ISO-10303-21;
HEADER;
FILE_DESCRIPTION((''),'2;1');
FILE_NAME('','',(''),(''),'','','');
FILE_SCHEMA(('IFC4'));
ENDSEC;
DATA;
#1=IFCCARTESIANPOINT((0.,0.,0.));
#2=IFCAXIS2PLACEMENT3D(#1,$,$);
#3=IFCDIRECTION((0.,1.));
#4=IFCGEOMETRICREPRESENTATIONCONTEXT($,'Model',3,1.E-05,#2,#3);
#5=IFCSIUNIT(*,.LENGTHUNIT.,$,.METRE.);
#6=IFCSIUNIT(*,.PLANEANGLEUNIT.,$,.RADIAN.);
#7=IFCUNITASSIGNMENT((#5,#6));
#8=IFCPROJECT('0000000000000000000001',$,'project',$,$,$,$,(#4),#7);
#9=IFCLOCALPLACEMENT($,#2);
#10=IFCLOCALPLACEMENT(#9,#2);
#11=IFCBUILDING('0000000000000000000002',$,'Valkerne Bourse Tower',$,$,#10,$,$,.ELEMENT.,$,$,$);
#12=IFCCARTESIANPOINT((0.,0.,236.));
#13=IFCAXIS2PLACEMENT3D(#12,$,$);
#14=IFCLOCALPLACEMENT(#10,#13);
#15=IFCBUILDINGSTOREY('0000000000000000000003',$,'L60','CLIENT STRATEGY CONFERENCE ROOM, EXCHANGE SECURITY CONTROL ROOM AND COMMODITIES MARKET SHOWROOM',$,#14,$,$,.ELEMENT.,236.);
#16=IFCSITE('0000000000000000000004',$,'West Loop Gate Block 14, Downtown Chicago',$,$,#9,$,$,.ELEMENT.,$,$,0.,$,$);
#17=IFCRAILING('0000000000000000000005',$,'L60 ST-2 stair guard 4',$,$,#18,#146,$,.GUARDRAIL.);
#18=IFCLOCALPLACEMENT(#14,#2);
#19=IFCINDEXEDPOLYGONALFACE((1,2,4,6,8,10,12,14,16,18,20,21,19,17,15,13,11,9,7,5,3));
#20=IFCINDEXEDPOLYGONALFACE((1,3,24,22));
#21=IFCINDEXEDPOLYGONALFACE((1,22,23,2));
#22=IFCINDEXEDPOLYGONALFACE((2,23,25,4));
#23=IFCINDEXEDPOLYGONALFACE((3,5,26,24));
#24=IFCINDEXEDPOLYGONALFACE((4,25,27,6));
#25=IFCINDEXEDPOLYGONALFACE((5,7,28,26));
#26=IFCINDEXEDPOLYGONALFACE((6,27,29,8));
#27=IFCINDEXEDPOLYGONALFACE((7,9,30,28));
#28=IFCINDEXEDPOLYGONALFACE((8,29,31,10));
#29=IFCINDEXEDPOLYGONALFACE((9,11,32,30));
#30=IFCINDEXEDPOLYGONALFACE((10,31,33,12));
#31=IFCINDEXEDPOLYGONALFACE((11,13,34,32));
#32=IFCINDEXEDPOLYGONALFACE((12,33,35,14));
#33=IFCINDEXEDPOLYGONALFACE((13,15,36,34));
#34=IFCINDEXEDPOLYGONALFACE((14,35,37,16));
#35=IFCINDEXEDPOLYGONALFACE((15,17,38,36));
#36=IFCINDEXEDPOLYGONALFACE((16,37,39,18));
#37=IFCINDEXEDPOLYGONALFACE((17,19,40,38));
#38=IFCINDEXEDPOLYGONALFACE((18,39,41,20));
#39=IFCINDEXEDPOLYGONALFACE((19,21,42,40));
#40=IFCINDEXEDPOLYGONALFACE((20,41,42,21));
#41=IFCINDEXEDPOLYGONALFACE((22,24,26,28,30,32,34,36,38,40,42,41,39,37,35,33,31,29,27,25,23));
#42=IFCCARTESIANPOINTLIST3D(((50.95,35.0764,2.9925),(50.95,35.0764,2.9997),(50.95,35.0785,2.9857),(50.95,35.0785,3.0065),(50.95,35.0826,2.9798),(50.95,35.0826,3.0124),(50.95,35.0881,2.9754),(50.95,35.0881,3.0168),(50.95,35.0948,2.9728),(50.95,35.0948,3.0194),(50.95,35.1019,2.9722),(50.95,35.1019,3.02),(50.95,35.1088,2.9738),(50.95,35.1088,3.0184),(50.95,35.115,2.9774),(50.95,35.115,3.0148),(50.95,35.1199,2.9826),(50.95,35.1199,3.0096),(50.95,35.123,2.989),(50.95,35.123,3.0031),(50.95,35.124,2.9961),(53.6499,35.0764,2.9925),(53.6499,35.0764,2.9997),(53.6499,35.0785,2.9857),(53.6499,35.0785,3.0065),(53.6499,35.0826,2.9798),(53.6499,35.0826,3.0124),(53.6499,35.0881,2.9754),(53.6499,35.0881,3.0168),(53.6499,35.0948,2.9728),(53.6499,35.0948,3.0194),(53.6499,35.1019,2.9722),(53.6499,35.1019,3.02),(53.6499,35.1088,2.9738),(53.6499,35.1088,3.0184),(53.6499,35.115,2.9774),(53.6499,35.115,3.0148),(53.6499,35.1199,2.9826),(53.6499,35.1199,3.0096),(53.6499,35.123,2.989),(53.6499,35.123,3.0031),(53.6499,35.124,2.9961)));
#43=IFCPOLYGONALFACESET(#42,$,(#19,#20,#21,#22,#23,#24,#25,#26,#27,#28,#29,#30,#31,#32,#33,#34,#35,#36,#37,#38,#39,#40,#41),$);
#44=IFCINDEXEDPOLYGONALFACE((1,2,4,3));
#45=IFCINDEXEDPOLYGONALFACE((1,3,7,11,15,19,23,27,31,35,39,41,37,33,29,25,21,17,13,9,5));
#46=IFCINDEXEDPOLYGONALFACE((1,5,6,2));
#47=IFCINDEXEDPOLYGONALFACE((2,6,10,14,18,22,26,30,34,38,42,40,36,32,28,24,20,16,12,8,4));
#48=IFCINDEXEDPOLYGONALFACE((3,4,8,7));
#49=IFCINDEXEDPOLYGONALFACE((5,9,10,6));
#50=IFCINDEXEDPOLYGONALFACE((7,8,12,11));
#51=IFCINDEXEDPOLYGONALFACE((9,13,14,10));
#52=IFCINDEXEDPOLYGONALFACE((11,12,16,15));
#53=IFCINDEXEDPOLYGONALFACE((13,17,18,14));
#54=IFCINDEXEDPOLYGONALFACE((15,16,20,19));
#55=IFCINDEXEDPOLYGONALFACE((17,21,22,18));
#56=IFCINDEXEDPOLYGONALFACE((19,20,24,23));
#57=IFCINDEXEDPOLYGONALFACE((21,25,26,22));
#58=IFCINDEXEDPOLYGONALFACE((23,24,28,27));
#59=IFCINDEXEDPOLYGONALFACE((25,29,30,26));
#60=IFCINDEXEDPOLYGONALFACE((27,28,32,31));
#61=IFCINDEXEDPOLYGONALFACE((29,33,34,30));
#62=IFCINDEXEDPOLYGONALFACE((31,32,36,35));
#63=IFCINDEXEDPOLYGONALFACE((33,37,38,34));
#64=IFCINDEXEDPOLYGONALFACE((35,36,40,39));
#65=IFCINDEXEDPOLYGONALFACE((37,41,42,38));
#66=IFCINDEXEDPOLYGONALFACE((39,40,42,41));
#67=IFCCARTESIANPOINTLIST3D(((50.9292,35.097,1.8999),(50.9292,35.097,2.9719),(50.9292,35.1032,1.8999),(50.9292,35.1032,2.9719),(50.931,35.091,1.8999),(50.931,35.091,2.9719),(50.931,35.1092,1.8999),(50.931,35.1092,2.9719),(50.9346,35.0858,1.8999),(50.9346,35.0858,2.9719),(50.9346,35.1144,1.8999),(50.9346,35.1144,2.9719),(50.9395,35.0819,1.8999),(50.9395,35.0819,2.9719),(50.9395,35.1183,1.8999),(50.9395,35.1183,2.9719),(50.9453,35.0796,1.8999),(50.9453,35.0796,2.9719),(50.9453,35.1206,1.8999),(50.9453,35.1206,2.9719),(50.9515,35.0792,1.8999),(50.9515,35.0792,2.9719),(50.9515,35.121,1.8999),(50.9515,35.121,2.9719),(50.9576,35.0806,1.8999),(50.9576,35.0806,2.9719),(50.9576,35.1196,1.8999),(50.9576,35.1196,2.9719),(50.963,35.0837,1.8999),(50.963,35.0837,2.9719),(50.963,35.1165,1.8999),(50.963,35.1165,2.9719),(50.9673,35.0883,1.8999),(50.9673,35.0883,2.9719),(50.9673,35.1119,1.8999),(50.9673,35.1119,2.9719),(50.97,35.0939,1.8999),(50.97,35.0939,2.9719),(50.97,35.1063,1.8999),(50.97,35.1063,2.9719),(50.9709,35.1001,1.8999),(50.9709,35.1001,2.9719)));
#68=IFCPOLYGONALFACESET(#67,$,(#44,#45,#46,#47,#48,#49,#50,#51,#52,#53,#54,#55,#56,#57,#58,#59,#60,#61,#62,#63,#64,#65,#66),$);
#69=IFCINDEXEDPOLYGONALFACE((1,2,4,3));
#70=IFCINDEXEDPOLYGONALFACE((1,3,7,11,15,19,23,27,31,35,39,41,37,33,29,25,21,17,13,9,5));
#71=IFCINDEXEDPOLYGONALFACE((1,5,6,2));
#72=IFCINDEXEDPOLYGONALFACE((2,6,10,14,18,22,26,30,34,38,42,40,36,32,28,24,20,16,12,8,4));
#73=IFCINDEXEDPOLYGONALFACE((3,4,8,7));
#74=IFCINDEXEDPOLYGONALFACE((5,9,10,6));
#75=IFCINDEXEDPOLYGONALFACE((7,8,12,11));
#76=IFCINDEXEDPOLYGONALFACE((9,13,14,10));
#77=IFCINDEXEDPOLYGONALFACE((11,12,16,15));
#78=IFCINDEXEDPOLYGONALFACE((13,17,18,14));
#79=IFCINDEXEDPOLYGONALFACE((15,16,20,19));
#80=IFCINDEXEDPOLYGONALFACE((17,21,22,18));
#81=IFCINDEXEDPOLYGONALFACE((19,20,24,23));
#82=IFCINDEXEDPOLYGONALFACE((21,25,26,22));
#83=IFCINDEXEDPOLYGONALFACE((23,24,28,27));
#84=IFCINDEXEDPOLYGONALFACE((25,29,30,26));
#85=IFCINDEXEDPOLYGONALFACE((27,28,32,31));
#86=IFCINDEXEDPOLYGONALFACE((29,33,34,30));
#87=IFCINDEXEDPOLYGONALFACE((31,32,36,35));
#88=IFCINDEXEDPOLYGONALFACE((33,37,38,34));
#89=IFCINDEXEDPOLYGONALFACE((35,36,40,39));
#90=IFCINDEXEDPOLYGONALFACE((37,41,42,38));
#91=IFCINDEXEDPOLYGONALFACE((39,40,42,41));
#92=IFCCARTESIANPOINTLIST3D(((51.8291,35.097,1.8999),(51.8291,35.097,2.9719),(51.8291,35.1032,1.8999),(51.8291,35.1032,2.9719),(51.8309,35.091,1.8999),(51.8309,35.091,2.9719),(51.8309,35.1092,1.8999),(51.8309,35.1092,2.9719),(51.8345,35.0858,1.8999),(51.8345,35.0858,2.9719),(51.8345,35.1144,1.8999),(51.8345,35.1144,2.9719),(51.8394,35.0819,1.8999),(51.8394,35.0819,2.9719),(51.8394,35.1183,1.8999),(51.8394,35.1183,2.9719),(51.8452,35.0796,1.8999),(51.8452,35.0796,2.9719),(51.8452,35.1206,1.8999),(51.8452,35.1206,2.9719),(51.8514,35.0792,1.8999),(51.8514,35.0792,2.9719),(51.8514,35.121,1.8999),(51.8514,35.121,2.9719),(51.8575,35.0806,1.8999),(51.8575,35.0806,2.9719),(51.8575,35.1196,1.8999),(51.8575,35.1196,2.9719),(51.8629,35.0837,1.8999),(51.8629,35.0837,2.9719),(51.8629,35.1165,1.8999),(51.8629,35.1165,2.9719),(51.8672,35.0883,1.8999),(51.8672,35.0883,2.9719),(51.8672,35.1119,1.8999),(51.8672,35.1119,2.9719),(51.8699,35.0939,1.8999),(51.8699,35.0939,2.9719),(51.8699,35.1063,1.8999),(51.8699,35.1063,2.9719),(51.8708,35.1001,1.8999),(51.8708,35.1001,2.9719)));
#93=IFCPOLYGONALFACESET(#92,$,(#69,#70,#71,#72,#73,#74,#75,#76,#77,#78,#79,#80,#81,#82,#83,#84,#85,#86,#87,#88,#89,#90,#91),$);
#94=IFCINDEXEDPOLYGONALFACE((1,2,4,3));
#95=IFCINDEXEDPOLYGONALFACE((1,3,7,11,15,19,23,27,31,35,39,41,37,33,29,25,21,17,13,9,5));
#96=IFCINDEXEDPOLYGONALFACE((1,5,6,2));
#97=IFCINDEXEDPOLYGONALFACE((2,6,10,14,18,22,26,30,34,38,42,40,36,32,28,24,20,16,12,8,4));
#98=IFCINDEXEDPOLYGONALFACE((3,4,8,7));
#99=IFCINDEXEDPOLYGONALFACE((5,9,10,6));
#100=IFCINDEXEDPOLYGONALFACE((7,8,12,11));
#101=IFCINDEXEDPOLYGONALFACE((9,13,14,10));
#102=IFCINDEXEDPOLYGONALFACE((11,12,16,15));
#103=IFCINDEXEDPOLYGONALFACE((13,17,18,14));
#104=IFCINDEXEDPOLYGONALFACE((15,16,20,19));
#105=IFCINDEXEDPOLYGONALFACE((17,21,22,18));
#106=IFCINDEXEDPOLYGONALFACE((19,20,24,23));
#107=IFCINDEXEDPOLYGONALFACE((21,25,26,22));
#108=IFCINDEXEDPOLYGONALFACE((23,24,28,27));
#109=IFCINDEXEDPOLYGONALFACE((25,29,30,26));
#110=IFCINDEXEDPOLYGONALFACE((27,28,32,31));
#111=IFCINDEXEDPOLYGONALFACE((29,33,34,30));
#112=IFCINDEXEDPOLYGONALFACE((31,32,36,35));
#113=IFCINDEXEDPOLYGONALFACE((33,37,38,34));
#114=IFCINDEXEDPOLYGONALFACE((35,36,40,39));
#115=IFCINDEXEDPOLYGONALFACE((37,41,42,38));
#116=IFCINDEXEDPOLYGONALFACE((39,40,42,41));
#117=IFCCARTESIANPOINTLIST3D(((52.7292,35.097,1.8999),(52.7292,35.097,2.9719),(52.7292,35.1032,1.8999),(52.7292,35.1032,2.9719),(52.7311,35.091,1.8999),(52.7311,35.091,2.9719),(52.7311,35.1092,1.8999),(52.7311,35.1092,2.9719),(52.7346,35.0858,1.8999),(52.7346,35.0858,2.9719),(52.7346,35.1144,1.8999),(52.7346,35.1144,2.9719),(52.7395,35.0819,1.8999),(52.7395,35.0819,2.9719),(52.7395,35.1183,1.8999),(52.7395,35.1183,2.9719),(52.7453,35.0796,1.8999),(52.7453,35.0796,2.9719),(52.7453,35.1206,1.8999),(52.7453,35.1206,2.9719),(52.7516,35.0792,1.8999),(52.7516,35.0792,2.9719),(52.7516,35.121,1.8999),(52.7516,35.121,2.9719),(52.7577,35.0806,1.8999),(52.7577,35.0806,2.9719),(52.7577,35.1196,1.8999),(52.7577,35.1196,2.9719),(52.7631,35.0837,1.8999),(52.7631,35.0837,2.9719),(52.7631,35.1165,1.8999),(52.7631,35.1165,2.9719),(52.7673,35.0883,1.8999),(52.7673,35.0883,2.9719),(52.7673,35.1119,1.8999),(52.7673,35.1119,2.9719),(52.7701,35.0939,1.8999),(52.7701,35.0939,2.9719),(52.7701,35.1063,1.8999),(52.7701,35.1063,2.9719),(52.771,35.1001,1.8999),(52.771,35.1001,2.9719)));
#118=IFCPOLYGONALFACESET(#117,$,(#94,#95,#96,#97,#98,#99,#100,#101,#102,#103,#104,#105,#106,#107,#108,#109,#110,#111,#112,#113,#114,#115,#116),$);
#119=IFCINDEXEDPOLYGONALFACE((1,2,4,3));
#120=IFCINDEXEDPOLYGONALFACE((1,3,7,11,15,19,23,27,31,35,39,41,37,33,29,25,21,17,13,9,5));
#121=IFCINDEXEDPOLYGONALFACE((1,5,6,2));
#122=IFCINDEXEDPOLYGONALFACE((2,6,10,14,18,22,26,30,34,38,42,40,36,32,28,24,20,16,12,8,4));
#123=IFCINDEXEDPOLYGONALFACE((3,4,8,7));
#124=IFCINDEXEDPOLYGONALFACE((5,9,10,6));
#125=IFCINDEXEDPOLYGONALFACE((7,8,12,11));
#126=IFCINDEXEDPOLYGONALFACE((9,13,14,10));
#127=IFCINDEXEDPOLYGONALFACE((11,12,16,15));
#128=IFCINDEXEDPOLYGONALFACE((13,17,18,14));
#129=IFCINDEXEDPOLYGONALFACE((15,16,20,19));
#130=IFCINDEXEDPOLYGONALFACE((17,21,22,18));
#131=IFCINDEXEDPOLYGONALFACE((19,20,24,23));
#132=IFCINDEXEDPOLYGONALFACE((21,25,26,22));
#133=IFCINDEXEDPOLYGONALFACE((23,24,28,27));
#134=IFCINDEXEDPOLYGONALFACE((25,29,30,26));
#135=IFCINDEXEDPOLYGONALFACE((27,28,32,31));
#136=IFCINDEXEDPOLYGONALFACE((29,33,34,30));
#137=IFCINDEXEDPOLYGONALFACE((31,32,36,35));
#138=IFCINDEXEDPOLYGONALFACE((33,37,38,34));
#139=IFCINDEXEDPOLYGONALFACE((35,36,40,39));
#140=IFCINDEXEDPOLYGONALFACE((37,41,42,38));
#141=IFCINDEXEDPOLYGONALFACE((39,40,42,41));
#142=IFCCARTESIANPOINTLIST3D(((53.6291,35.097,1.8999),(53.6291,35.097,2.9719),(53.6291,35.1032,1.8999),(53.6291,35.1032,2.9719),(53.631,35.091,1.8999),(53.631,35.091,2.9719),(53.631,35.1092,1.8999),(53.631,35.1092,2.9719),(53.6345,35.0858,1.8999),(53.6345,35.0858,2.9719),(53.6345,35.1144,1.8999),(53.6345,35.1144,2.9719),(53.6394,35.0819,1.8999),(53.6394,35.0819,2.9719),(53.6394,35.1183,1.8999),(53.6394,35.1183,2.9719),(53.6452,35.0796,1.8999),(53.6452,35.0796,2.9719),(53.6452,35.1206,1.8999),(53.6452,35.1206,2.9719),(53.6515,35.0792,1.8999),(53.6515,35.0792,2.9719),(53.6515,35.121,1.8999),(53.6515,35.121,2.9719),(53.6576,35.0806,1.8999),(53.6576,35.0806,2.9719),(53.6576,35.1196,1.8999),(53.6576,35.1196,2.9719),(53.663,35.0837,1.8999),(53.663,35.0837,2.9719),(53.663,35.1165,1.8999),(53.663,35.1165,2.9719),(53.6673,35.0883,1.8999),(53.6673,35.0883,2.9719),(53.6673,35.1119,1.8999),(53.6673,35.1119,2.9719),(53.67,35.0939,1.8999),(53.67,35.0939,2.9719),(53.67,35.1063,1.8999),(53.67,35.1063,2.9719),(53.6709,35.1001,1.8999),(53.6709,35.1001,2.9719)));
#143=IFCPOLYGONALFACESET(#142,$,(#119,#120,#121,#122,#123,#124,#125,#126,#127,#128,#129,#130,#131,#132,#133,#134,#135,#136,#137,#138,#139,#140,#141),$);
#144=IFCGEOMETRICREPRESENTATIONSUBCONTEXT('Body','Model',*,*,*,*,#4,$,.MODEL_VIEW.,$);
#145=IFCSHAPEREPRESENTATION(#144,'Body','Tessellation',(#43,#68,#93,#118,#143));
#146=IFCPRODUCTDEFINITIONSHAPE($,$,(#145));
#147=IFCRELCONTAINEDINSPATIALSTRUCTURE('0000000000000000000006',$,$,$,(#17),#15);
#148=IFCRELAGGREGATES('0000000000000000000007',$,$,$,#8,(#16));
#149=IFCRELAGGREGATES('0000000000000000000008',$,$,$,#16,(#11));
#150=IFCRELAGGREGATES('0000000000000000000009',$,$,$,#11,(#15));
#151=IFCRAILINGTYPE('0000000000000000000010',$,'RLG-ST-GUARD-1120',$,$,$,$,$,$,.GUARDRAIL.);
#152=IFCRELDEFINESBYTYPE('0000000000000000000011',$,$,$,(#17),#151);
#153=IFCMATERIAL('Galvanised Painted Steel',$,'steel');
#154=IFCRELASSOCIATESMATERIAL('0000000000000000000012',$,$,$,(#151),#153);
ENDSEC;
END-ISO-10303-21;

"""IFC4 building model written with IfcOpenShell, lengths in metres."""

from ifc_helpers import new_model, si_unit, direction, frame, origin, origin_2d, place, context, subcontext, project, spatial, circle, extrude, material, type_object, element, save


model = new_model("IFC4")

# Units and contexts
model_context = context("Model", 3, precision=1e-05, world=origin(), true_north=direction((0.0, 1.0)))
body_context = subcontext(model_context, "Body", "Model", "MODEL_VIEW")
ifc_project = project(units=[si_unit("LENGTHUNIT", "METRE"), si_unit("PLANEANGLEUNIT", "RADIAN")], contexts=[model_context])

# Site, building, storey
site_placement = place(None, origin())
site = spatial("IfcSite", under=ifc_project, at=site_placement, Name="West Loop Gate Block 14, Downtown Chicago", CompositionType="ELEMENT", RefElevation=0.0)
building_placement = place(site_placement, origin())
building = spatial("IfcBuilding", under=site, at=building_placement, Name="Valkerne Bourse Tower", CompositionType="ELEMENT")
storey_placement = place(building_placement, frame((0.0, 0.0, 236.0)))
storey = spatial("IfcBuildingStorey", under=building, at=storey_placement, Name="L60", Description="CLIENT STRATEGY CONFERENCE ROOM, EXCHANGE SECURITY CONTROL ROOM AND COMMODITIES MARKET SHOWROOM", CompositionType="ELEMENT", Elevation=236.0)

# Railing
ifc_material_1 = material(Name="Galvanised Painted Steel", Category="steel")
railing_type_1 = type_object("IfcRailingType", Name="RLG-ST-GUARD-1120", PredefinedType="GUARDRAIL", material=ifc_material_1)
railing_1_placement = place(storey_placement, frame((50.95, 35.1001, 1.8999)))
element("IfcRailing", 1, at=railing_1_placement, inside=storey, type_object=railing_type_1, Name="L60 ST-2 stair guard 4", PredefinedType="GUARDRAIL", context=body_context, shape_type="SweptSolid", body=[
    extrude(circle(Radius=0.0239, at=origin_2d()), frame((0.0, 0.0, 1.0962), z_axis=(1.0, 0.0, 0.0), x_axis=(0.0, 1.0, 0.0)), (0.0, 0.0, 1.0), 2.7),
    extrude(circle(Radius=0.021, at=origin_2d()), origin(), (0.0, 0.0, 1.0), 1.072),
    extrude(circle(Radius=0.021, at=origin_2d()), frame((0.8999, 0.0, 0.0)), (0.0, 0.0, 1.0), 1.072),
    extrude(circle(Radius=0.021, at=origin_2d()), frame((1.8, 0.0, 0.0)), (0.0, 0.0, 1.0), 1.072),
    extrude(circle(Radius=0.021, at=origin_2d()), frame((2.7, 0.0, 0.0)), (0.0, 0.0, 1.0), 1.072),
])

save(model, "model.ifc")
